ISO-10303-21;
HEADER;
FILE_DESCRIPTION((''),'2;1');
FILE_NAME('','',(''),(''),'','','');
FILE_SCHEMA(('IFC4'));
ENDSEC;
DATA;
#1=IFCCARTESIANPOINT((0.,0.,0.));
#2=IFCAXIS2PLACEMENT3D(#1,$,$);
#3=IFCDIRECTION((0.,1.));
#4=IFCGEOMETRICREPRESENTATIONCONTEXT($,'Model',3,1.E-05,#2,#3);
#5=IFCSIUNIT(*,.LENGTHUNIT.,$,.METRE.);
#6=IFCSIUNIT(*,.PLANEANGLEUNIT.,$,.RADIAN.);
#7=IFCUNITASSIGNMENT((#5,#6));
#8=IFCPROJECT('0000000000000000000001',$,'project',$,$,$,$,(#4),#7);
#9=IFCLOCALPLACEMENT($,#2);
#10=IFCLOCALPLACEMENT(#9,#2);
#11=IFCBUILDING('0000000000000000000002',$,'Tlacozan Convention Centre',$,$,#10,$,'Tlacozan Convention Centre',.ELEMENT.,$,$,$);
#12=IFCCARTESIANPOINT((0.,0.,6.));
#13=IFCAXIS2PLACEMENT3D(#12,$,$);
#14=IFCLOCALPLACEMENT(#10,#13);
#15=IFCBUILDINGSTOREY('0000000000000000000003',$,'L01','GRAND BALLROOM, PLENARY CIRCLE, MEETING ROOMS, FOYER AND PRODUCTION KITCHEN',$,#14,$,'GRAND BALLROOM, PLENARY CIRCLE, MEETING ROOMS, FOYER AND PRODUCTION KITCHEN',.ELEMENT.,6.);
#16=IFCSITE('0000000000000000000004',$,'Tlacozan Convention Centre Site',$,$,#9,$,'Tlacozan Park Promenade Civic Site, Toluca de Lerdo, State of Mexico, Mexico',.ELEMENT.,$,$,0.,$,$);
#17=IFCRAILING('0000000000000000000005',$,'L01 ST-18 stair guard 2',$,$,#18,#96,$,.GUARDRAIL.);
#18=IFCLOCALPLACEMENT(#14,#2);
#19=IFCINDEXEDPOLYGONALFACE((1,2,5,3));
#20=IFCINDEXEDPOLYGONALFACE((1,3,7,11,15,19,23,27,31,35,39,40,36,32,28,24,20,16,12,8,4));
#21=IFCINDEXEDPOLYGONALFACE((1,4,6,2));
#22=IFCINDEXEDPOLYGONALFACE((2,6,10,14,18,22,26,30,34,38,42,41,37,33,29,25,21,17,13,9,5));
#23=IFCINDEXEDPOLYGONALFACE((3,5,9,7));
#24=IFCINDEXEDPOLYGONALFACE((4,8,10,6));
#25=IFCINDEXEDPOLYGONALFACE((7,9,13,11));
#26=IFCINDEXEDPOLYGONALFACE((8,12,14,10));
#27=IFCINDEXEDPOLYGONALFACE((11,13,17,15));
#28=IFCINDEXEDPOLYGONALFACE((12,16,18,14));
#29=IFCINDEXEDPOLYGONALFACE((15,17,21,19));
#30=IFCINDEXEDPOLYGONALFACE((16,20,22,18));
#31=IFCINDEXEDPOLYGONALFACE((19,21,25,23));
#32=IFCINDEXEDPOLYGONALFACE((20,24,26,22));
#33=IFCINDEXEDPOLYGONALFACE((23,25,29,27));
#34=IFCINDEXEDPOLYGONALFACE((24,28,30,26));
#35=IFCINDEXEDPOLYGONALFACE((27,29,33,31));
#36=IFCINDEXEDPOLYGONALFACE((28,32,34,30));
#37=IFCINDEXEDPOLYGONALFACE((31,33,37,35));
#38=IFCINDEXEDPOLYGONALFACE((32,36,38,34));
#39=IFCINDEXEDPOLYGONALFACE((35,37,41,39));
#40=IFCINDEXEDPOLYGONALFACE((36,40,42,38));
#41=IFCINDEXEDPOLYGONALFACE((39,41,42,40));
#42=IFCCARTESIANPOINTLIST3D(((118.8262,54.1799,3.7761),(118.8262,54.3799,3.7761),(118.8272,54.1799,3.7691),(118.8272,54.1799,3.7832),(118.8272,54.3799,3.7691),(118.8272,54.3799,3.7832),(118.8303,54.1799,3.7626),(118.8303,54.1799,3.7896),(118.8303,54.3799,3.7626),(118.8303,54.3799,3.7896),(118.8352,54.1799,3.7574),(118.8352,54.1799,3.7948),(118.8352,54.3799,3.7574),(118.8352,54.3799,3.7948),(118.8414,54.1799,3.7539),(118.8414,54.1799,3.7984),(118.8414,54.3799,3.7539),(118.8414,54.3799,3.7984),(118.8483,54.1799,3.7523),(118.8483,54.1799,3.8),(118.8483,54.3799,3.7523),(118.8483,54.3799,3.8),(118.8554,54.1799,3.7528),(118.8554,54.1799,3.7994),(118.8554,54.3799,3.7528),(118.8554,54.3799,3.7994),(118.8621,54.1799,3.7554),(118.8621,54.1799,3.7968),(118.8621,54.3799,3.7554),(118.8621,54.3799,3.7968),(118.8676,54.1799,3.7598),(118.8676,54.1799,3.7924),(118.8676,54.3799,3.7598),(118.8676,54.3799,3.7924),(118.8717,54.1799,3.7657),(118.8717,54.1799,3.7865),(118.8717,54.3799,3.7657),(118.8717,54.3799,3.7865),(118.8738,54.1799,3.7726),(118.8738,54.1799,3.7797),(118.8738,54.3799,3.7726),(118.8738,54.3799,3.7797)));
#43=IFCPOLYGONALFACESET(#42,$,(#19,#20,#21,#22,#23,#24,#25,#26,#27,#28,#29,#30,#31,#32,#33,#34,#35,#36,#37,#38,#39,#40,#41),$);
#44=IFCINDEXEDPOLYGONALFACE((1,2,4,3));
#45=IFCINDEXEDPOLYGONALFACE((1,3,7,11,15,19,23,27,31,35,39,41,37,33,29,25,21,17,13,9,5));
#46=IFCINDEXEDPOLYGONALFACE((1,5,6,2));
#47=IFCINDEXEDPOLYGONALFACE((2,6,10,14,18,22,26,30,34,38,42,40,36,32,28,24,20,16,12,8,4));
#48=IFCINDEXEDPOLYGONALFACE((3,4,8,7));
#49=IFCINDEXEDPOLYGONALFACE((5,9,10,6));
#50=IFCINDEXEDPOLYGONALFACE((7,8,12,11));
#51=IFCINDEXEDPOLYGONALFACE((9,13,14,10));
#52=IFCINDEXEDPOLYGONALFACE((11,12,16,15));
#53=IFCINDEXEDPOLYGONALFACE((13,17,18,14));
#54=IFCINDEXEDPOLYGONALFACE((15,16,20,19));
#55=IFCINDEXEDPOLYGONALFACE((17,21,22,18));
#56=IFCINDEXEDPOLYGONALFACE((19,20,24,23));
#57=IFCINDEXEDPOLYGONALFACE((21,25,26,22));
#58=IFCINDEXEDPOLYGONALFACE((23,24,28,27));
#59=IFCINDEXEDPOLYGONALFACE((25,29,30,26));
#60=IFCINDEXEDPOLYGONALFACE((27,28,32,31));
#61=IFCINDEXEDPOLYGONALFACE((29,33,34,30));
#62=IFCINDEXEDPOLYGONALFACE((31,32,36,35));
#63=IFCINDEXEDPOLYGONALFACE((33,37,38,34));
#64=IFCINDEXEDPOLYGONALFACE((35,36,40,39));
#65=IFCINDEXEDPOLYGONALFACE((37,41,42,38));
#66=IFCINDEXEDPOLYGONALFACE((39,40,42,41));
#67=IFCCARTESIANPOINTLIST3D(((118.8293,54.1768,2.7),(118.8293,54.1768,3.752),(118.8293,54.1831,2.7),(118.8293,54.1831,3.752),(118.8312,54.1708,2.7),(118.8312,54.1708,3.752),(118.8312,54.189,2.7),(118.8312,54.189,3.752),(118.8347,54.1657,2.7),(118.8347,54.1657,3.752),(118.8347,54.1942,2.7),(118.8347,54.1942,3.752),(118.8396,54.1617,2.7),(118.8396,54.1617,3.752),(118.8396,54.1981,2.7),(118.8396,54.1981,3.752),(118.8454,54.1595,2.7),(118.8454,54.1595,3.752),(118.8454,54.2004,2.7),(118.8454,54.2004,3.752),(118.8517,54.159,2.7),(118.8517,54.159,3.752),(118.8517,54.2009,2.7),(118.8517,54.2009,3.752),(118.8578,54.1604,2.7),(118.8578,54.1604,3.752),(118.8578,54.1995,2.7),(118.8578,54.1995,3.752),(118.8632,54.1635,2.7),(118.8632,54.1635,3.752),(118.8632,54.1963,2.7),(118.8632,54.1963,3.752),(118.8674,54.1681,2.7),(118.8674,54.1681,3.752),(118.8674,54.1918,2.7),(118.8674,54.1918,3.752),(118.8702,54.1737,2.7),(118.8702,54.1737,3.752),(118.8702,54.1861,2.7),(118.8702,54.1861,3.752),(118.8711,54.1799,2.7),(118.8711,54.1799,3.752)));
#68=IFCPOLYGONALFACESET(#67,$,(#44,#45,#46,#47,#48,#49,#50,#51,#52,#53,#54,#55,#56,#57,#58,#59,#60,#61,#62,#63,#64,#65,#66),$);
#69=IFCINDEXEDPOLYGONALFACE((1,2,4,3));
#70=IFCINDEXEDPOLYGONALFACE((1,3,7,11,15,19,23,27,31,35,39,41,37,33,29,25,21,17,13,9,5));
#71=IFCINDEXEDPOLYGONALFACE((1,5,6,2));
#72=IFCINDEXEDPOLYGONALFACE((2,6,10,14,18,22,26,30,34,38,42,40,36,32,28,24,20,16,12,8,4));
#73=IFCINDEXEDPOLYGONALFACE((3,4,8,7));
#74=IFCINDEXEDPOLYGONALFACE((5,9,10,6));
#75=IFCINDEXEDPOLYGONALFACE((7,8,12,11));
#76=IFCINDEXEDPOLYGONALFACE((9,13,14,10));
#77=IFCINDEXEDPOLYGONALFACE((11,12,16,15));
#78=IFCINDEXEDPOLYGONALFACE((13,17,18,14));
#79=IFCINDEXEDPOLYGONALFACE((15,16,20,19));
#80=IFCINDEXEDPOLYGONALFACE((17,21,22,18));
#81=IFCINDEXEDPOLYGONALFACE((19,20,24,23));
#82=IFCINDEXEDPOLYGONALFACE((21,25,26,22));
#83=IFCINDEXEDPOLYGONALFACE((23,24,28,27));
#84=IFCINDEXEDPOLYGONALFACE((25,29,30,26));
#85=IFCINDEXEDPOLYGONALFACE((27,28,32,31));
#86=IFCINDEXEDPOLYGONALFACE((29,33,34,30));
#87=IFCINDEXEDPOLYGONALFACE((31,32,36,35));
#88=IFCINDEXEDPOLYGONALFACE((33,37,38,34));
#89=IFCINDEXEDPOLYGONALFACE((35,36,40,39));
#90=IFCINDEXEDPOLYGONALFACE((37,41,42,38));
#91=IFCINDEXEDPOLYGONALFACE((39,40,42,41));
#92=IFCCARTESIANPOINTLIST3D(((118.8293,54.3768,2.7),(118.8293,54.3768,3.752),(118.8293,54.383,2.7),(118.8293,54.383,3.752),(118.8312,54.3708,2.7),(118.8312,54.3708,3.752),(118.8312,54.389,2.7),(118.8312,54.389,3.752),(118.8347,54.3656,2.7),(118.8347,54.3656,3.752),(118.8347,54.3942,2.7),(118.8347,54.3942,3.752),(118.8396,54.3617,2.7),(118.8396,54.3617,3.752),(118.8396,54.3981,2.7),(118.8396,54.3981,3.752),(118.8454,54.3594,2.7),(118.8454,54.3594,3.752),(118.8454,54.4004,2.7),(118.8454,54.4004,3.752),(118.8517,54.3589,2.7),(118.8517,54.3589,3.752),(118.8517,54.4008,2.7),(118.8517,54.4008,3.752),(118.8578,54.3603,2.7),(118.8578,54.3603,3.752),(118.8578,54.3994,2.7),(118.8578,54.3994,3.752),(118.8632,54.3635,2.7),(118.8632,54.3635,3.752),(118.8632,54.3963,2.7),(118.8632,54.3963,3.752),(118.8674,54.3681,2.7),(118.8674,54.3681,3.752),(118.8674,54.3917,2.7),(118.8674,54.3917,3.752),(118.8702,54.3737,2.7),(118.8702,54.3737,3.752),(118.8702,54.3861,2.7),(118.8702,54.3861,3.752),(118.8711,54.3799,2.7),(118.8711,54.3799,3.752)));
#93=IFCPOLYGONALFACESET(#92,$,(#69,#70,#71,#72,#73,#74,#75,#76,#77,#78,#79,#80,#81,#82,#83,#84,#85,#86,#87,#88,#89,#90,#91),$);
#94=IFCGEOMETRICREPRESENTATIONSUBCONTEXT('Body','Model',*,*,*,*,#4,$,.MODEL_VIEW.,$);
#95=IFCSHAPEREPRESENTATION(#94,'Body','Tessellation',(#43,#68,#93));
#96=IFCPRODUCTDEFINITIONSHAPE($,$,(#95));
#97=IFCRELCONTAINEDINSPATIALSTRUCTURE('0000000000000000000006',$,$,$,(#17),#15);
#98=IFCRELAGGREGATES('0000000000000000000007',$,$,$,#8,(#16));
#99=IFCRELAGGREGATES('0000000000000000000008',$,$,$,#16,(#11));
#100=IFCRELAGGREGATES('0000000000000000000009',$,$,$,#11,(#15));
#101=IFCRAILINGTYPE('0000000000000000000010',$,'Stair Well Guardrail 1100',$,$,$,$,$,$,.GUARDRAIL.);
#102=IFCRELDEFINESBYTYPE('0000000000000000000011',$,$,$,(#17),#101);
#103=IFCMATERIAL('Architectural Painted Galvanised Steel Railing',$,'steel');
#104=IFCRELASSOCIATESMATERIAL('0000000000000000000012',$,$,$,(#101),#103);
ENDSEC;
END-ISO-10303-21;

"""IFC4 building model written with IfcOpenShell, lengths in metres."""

from ifc_helpers import new_model, si_unit, direction, frame, origin, origin_2d, place, context, subcontext, project, spatial, circle, extrude, material, type_object, element, save


model = new_model("IFC4")

# Units and contexts
model_context = context("Model", 3, precision=1e-05, world=origin(), true_north=direction((0.0, 1.0)))
body_context = subcontext(model_context, "Body", "Model", "MODEL_VIEW")
ifc_project = project(units=[si_unit("LENGTHUNIT", "METRE"), si_unit("PLANEANGLEUNIT", "RADIAN")], contexts=[model_context])

# Site, building, storey
site_placement = place(None, origin())
site = spatial("IfcSite", under=ifc_project, at=site_placement, Name="Tlacozan Convention Centre Site", LongName="Tlacozan Park Promenade Civic Site, Toluca de Lerdo, State of Mexico, Mexico", CompositionType="ELEMENT", RefElevation=0.0)
building_placement = place(site_placement, origin())
building = spatial("IfcBuilding", under=site, at=building_placement, Name="Tlacozan Convention Centre", LongName="Tlacozan Convention Centre", CompositionType="ELEMENT")
storey_placement = place(building_placement, frame((0.0, 0.0, 6.0)))
storey = spatial("IfcBuildingStorey", under=building, at=storey_placement, Name="L01", Description="GRAND BALLROOM, PLENARY CIRCLE, MEETING ROOMS, FOYER AND PRODUCTION KITCHEN", LongName="GRAND BALLROOM, PLENARY CIRCLE, MEETING ROOMS, FOYER AND PRODUCTION KITCHEN", CompositionType="ELEMENT", Elevation=6.0)

# Railing
ifc_material_1 = material(Name="Architectural Painted Galvanised Steel Railing", Category="steel")
railing_type_1 = type_object("IfcRailingType", Name="Stair Well Guardrail 1100", PredefinedType="GUARDRAIL", material=ifc_material_1)
railing_1_placement = place(storey_placement, frame((118.8501, 54.1799, 2.7)))
element("IfcRailing", 1, at=railing_1_placement, inside=storey, type_object=railing_type_1, Name="L01 ST-18 stair guard 2", PredefinedType="GUARDRAIL", context=body_context, shape_type="SweptSolid", body=[
    extrude(circle(Radius=0.0239, at=origin_2d()), frame((0.0, 0.0, 1.0762), z_axis=(0.0, 1.0, 0.0), x_axis=(-1.0, 0.0, 0.0)), (0.0, 0.0, 1.0), 0.2),
    extrude(circle(Radius=0.021, at=origin_2d()), origin(), (0.0, 0.0, 1.0), 1.052),
    extrude(circle(Radius=0.021, at=origin_2d()), frame((0.0, 0.2, 0.0)), (0.0, 0.0, 1.0), 1.052),
])

save(model, "model.ifc")
